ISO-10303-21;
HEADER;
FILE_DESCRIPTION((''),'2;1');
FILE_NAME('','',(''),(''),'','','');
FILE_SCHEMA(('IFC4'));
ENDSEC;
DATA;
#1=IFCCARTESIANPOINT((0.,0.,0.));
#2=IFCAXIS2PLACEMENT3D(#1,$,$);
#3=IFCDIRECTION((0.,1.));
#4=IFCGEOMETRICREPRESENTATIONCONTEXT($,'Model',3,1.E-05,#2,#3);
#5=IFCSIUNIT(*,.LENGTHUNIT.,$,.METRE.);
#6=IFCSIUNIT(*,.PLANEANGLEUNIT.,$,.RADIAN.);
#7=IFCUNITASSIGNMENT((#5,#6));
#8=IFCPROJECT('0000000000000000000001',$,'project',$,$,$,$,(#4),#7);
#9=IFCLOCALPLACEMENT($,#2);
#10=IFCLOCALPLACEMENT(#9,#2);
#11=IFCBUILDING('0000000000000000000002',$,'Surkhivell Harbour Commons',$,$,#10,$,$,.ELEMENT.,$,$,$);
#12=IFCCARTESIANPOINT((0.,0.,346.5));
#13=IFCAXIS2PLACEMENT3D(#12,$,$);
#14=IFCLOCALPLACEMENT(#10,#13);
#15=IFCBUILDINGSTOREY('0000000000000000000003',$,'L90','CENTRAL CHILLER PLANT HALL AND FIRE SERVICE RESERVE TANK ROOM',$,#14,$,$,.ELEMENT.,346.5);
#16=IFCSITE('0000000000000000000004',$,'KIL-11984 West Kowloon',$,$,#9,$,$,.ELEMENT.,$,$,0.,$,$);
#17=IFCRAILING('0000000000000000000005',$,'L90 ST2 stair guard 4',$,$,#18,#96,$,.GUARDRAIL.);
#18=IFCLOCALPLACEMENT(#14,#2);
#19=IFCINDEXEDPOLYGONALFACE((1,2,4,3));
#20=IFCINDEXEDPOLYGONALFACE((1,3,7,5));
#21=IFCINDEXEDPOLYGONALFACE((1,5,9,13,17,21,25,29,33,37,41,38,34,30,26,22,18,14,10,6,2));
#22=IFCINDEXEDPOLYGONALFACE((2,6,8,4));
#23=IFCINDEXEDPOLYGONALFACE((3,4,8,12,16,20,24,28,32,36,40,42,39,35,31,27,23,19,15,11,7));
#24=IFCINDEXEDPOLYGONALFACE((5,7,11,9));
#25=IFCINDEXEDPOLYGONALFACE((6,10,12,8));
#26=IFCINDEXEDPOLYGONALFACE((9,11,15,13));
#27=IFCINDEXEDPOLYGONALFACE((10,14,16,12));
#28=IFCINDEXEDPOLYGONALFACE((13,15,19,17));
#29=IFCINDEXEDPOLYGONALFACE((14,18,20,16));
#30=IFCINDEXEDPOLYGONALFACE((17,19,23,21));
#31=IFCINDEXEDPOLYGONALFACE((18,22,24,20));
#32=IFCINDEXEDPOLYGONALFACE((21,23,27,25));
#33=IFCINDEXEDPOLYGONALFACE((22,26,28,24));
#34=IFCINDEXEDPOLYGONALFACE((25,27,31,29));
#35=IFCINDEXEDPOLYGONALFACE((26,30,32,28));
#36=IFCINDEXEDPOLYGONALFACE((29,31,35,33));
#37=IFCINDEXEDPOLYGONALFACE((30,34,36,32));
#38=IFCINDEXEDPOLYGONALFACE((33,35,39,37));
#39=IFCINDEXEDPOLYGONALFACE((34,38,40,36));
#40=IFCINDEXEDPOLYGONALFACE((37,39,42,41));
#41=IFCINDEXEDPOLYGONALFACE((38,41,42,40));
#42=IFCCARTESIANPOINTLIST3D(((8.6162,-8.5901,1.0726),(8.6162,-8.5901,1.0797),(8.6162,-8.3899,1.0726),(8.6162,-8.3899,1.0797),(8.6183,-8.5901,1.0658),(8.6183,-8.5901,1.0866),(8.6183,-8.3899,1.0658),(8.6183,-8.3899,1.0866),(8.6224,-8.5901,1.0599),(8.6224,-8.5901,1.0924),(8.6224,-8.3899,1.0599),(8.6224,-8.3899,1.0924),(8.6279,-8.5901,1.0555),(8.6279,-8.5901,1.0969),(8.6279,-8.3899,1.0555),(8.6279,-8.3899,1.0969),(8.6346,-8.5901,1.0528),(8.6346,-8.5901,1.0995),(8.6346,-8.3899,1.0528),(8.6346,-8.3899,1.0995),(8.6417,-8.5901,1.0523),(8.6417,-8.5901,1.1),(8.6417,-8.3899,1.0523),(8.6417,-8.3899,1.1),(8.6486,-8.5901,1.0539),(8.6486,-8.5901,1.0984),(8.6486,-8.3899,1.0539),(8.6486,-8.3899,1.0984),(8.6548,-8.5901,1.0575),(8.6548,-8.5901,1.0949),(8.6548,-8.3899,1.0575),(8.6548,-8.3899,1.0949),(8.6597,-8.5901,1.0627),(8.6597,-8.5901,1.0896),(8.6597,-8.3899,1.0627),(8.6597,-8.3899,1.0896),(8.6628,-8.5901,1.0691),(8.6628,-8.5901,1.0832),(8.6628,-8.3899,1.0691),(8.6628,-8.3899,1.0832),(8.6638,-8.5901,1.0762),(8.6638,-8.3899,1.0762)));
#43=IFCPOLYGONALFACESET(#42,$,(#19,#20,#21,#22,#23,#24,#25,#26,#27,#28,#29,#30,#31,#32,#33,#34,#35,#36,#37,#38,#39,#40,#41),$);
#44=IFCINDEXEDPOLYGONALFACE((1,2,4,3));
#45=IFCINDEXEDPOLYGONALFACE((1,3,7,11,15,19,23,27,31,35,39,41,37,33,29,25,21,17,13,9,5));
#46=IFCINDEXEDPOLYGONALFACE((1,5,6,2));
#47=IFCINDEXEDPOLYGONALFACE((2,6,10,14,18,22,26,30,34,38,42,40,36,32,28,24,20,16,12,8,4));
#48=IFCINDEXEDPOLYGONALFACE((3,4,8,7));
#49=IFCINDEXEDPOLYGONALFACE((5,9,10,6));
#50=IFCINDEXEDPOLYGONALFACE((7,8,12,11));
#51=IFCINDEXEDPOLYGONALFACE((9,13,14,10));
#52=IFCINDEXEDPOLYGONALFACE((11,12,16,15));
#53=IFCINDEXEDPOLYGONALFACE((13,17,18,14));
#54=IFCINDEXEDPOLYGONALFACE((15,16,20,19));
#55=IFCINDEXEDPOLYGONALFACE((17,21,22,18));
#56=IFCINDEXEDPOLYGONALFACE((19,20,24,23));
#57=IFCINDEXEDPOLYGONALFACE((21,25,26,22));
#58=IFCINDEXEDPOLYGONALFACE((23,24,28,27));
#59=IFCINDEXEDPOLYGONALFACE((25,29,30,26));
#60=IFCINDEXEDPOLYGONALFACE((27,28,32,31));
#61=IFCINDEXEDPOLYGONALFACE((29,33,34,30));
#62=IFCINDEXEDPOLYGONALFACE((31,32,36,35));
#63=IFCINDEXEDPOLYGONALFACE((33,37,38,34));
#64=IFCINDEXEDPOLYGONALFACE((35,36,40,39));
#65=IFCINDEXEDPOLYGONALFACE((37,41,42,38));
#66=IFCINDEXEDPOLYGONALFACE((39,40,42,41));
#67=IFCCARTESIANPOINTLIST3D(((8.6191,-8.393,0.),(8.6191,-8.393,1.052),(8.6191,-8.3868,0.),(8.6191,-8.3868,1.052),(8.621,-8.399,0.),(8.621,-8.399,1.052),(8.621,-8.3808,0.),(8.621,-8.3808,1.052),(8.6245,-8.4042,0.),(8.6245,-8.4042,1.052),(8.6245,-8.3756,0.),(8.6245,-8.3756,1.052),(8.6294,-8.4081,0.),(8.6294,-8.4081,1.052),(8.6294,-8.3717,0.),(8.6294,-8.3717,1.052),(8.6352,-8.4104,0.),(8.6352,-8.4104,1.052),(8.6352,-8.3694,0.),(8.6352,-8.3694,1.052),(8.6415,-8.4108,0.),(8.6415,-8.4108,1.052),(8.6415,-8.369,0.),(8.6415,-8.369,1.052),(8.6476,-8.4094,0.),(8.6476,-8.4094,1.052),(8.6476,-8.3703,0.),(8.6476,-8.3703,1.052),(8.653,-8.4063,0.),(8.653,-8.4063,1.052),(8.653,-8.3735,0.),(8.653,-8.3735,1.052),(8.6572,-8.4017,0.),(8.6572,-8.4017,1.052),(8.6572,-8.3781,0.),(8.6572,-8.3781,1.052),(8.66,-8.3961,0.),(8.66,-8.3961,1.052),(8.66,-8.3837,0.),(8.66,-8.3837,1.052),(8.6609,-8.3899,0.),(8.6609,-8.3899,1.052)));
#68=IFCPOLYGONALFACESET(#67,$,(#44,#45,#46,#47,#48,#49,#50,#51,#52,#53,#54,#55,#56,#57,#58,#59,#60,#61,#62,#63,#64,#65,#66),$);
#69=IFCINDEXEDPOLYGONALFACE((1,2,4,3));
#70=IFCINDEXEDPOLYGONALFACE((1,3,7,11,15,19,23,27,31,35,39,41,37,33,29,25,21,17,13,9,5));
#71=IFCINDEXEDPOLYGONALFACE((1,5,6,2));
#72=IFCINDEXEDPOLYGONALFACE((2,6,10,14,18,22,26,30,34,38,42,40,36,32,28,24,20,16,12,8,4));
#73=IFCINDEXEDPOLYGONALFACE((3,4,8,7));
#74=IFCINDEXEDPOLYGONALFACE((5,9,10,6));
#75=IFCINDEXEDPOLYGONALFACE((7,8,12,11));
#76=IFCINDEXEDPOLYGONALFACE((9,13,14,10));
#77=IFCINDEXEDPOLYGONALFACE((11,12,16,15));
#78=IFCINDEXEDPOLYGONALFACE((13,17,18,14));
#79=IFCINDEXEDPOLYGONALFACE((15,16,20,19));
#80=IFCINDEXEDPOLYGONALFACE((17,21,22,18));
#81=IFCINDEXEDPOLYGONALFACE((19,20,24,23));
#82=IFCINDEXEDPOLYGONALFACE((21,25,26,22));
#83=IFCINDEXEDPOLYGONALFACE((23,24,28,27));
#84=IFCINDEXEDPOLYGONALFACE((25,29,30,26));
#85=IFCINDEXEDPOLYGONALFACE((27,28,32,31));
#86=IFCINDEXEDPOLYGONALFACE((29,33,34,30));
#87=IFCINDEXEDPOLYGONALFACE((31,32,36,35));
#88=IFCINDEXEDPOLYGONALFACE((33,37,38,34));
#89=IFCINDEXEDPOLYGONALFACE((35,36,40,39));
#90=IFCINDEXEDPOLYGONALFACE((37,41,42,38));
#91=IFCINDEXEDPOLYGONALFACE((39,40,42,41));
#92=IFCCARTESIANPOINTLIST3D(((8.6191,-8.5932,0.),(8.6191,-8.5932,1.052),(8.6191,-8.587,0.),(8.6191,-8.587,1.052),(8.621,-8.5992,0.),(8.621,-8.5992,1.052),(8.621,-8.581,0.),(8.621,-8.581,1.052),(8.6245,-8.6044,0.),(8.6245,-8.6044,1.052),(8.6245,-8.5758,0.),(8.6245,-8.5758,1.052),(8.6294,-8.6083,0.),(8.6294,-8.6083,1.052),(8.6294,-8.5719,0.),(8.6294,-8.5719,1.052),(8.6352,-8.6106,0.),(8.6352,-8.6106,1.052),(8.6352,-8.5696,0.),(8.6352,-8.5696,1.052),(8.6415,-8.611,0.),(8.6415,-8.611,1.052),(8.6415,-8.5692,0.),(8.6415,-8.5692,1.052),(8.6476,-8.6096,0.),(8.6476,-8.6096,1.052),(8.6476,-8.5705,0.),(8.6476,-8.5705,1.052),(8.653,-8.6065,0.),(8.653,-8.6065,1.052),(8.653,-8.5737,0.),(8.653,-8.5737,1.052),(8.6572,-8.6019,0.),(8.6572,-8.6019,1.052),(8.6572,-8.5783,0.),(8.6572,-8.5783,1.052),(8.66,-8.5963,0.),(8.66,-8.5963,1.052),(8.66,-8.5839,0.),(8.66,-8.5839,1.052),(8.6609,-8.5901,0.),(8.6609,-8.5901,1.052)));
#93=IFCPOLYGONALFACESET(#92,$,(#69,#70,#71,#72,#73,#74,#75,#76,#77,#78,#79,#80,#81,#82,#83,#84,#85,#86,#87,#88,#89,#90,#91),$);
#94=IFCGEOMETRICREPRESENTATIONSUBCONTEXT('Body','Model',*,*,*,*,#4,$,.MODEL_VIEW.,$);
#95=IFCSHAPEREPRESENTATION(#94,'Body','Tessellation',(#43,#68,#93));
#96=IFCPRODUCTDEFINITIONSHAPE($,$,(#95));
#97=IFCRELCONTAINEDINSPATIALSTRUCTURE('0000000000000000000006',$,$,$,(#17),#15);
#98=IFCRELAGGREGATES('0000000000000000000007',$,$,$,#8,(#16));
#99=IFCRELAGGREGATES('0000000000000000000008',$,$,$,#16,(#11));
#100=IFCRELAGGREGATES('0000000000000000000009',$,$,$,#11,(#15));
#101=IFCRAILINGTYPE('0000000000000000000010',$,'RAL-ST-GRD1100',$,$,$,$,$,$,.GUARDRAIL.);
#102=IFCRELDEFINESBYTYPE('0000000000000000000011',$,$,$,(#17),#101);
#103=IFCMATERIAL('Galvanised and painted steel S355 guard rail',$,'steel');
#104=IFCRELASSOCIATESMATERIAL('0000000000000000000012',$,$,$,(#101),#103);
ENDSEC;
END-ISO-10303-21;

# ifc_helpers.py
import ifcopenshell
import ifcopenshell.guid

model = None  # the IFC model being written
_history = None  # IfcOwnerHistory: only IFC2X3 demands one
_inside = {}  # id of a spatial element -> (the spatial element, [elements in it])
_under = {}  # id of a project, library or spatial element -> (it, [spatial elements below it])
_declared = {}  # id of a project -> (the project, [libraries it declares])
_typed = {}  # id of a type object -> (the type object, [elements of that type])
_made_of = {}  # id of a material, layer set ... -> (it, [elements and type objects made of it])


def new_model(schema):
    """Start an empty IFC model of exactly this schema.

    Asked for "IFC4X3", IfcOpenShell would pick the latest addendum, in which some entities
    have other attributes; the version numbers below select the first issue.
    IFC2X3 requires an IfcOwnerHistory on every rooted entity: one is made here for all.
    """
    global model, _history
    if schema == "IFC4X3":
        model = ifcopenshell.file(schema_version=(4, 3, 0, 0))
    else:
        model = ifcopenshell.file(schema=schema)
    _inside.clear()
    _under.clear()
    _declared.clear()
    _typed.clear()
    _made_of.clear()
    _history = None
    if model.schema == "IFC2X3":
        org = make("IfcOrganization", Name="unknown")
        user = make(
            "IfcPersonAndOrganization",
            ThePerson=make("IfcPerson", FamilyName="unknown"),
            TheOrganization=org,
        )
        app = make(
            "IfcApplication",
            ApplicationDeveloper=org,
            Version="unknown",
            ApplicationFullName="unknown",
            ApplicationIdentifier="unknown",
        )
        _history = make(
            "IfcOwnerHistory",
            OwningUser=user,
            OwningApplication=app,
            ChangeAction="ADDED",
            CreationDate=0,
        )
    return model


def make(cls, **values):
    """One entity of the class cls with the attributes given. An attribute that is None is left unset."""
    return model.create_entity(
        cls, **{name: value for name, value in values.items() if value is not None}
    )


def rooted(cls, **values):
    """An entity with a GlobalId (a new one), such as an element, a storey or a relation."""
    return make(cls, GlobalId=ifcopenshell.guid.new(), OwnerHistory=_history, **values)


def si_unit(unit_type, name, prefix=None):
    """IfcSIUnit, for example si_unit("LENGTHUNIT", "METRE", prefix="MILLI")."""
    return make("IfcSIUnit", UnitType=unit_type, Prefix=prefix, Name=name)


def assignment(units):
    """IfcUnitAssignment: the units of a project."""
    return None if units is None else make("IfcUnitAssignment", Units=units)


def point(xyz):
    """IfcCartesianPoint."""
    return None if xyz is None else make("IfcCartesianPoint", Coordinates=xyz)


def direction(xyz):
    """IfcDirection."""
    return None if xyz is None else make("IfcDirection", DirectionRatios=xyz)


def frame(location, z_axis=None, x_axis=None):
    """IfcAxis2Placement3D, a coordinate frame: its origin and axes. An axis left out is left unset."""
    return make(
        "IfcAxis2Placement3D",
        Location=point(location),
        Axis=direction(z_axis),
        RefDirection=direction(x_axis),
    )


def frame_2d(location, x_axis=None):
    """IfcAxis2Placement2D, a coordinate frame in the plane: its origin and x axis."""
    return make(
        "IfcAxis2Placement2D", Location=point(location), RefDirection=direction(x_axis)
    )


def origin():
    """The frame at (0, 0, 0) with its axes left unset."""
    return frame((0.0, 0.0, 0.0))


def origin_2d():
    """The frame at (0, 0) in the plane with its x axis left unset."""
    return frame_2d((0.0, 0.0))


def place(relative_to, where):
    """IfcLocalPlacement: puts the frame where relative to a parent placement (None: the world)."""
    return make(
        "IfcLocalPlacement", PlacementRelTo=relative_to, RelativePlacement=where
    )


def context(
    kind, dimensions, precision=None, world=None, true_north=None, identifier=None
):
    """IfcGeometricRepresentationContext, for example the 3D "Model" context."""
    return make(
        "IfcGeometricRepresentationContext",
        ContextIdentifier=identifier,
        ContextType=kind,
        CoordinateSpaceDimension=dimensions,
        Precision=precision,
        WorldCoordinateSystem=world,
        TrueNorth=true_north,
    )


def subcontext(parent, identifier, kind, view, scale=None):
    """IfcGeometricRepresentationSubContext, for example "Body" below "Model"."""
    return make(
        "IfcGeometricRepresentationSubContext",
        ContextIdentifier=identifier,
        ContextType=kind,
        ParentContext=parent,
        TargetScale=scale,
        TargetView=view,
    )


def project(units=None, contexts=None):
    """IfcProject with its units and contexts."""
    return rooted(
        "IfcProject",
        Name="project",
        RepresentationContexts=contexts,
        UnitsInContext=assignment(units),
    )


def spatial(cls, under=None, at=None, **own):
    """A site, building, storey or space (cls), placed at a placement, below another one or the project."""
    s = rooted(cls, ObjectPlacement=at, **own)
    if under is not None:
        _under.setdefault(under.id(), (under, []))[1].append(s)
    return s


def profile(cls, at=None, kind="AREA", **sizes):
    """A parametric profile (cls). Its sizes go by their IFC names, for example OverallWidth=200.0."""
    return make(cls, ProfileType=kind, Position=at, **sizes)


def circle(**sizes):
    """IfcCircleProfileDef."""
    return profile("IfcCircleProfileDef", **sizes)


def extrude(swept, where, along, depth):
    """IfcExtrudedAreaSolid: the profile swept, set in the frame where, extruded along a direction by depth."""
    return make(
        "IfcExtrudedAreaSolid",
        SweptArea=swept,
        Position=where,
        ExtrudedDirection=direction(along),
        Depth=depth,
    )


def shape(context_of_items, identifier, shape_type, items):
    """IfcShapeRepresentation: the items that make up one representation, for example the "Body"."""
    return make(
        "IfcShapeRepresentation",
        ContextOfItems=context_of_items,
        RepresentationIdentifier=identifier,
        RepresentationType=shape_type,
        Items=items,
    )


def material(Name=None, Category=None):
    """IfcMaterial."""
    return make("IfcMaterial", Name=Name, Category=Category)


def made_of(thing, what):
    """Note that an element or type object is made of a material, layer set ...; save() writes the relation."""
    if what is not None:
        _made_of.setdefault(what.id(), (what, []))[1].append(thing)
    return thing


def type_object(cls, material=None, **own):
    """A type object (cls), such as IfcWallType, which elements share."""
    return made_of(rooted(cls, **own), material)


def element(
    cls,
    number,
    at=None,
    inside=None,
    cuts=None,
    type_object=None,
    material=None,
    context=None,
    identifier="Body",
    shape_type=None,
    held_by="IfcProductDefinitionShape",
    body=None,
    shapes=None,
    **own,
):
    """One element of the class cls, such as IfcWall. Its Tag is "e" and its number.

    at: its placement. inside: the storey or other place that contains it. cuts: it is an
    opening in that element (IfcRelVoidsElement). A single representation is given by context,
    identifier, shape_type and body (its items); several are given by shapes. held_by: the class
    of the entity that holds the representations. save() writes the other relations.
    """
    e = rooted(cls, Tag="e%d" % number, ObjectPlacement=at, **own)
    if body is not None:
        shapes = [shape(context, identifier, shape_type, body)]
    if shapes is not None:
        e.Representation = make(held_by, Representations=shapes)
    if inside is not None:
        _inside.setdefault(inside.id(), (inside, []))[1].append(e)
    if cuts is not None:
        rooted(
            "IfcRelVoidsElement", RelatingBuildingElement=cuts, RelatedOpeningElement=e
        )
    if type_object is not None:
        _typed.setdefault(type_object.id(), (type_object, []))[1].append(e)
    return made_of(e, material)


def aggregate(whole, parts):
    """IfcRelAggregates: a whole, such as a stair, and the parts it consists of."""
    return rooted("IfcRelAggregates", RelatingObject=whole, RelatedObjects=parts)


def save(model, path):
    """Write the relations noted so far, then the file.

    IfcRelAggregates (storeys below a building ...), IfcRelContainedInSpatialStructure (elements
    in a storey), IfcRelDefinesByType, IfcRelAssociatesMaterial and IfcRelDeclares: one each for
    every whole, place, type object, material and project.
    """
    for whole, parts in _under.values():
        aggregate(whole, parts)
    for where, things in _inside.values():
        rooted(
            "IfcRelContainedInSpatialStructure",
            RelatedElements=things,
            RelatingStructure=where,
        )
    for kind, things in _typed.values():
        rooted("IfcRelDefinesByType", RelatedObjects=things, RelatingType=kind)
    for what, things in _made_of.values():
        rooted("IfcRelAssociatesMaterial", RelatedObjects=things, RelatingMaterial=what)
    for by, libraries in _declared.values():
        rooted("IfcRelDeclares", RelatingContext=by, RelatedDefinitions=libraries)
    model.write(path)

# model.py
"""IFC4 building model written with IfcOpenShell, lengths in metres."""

from ifc_helpers import new_model, si_unit, direction, frame, origin, origin_2d, place, context, subcontext, project, spatial, circle, extrude, material, type_object, element, save


model = new_model("IFC4")

# Units and contexts
model_context = context("Model", 3, precision=1e-05, world=origin(), true_north=direction((0.0, 1.0)))
body_context = subcontext(model_context, "Body", "Model", "MODEL_VIEW")
ifc_project = project(units=[si_unit("LENGTHUNIT", "METRE"), si_unit("PLANEANGLEUNIT", "RADIAN")], contexts=[model_context])

# Site, building, storey
site_placement = place(None, origin())
site = spatial("IfcSite", under=ifc_project, at=site_placement, Name="KIL-11984 West Kowloon", CompositionType="ELEMENT", RefElevation=0.0)
building_placement = place(site_placement, origin())
building = spatial("IfcBuilding", under=site, at=building_placement, Name="Surkhivell Harbour Commons", CompositionType="ELEMENT")
storey_placement = place(building_placement, frame((0.0, 0.0, 346.5)))
storey = spatial("IfcBuildingStorey", under=building, at=storey_placement, Name="L90", Description="CENTRAL CHILLER PLANT HALL AND FIRE SERVICE RESERVE TANK ROOM", CompositionType="ELEMENT", Elevation=346.5)

# Railing
ifc_material_1 = material(Name="Galvanised and painted steel S355 guard rail", Category="steel")
railing_type_1 = type_object("IfcRailingType", Name="RAL-ST-GRD1100", PredefinedType="GUARDRAIL", material=ifc_material_1)
railing_1_placement = place(storey_placement, frame((8.6399, -8.3899, 0.0)))
element("IfcRailing", 1, at=railing_1_placement, inside=storey, type_object=railing_type_1, Name="L90 ST2 stair guard 4", PredefinedType="GUARDRAIL", context=body_context, shape_type="SweptSolid", body=[
    extrude(circle(Radius=0.0239, at=origin_2d()), frame((0.0, 0.0, 1.0762), z_axis=(0.0, -1.0, 0.0), x_axis=(1.0, 0.0, 0.0)), (0.0, 0.0, 1.0), 0.2002),
    extrude(circle(Radius=0.021, at=origin_2d()), origin(), (0.0, 0.0, 1.0), 1.052),
    extrude(circle(Radius=0.021, at=origin_2d()), frame((0.0, -0.2002, 0.0)), (0.0, 0.0, 1.0), 1.052),
])

save(model, "model.ifc")
